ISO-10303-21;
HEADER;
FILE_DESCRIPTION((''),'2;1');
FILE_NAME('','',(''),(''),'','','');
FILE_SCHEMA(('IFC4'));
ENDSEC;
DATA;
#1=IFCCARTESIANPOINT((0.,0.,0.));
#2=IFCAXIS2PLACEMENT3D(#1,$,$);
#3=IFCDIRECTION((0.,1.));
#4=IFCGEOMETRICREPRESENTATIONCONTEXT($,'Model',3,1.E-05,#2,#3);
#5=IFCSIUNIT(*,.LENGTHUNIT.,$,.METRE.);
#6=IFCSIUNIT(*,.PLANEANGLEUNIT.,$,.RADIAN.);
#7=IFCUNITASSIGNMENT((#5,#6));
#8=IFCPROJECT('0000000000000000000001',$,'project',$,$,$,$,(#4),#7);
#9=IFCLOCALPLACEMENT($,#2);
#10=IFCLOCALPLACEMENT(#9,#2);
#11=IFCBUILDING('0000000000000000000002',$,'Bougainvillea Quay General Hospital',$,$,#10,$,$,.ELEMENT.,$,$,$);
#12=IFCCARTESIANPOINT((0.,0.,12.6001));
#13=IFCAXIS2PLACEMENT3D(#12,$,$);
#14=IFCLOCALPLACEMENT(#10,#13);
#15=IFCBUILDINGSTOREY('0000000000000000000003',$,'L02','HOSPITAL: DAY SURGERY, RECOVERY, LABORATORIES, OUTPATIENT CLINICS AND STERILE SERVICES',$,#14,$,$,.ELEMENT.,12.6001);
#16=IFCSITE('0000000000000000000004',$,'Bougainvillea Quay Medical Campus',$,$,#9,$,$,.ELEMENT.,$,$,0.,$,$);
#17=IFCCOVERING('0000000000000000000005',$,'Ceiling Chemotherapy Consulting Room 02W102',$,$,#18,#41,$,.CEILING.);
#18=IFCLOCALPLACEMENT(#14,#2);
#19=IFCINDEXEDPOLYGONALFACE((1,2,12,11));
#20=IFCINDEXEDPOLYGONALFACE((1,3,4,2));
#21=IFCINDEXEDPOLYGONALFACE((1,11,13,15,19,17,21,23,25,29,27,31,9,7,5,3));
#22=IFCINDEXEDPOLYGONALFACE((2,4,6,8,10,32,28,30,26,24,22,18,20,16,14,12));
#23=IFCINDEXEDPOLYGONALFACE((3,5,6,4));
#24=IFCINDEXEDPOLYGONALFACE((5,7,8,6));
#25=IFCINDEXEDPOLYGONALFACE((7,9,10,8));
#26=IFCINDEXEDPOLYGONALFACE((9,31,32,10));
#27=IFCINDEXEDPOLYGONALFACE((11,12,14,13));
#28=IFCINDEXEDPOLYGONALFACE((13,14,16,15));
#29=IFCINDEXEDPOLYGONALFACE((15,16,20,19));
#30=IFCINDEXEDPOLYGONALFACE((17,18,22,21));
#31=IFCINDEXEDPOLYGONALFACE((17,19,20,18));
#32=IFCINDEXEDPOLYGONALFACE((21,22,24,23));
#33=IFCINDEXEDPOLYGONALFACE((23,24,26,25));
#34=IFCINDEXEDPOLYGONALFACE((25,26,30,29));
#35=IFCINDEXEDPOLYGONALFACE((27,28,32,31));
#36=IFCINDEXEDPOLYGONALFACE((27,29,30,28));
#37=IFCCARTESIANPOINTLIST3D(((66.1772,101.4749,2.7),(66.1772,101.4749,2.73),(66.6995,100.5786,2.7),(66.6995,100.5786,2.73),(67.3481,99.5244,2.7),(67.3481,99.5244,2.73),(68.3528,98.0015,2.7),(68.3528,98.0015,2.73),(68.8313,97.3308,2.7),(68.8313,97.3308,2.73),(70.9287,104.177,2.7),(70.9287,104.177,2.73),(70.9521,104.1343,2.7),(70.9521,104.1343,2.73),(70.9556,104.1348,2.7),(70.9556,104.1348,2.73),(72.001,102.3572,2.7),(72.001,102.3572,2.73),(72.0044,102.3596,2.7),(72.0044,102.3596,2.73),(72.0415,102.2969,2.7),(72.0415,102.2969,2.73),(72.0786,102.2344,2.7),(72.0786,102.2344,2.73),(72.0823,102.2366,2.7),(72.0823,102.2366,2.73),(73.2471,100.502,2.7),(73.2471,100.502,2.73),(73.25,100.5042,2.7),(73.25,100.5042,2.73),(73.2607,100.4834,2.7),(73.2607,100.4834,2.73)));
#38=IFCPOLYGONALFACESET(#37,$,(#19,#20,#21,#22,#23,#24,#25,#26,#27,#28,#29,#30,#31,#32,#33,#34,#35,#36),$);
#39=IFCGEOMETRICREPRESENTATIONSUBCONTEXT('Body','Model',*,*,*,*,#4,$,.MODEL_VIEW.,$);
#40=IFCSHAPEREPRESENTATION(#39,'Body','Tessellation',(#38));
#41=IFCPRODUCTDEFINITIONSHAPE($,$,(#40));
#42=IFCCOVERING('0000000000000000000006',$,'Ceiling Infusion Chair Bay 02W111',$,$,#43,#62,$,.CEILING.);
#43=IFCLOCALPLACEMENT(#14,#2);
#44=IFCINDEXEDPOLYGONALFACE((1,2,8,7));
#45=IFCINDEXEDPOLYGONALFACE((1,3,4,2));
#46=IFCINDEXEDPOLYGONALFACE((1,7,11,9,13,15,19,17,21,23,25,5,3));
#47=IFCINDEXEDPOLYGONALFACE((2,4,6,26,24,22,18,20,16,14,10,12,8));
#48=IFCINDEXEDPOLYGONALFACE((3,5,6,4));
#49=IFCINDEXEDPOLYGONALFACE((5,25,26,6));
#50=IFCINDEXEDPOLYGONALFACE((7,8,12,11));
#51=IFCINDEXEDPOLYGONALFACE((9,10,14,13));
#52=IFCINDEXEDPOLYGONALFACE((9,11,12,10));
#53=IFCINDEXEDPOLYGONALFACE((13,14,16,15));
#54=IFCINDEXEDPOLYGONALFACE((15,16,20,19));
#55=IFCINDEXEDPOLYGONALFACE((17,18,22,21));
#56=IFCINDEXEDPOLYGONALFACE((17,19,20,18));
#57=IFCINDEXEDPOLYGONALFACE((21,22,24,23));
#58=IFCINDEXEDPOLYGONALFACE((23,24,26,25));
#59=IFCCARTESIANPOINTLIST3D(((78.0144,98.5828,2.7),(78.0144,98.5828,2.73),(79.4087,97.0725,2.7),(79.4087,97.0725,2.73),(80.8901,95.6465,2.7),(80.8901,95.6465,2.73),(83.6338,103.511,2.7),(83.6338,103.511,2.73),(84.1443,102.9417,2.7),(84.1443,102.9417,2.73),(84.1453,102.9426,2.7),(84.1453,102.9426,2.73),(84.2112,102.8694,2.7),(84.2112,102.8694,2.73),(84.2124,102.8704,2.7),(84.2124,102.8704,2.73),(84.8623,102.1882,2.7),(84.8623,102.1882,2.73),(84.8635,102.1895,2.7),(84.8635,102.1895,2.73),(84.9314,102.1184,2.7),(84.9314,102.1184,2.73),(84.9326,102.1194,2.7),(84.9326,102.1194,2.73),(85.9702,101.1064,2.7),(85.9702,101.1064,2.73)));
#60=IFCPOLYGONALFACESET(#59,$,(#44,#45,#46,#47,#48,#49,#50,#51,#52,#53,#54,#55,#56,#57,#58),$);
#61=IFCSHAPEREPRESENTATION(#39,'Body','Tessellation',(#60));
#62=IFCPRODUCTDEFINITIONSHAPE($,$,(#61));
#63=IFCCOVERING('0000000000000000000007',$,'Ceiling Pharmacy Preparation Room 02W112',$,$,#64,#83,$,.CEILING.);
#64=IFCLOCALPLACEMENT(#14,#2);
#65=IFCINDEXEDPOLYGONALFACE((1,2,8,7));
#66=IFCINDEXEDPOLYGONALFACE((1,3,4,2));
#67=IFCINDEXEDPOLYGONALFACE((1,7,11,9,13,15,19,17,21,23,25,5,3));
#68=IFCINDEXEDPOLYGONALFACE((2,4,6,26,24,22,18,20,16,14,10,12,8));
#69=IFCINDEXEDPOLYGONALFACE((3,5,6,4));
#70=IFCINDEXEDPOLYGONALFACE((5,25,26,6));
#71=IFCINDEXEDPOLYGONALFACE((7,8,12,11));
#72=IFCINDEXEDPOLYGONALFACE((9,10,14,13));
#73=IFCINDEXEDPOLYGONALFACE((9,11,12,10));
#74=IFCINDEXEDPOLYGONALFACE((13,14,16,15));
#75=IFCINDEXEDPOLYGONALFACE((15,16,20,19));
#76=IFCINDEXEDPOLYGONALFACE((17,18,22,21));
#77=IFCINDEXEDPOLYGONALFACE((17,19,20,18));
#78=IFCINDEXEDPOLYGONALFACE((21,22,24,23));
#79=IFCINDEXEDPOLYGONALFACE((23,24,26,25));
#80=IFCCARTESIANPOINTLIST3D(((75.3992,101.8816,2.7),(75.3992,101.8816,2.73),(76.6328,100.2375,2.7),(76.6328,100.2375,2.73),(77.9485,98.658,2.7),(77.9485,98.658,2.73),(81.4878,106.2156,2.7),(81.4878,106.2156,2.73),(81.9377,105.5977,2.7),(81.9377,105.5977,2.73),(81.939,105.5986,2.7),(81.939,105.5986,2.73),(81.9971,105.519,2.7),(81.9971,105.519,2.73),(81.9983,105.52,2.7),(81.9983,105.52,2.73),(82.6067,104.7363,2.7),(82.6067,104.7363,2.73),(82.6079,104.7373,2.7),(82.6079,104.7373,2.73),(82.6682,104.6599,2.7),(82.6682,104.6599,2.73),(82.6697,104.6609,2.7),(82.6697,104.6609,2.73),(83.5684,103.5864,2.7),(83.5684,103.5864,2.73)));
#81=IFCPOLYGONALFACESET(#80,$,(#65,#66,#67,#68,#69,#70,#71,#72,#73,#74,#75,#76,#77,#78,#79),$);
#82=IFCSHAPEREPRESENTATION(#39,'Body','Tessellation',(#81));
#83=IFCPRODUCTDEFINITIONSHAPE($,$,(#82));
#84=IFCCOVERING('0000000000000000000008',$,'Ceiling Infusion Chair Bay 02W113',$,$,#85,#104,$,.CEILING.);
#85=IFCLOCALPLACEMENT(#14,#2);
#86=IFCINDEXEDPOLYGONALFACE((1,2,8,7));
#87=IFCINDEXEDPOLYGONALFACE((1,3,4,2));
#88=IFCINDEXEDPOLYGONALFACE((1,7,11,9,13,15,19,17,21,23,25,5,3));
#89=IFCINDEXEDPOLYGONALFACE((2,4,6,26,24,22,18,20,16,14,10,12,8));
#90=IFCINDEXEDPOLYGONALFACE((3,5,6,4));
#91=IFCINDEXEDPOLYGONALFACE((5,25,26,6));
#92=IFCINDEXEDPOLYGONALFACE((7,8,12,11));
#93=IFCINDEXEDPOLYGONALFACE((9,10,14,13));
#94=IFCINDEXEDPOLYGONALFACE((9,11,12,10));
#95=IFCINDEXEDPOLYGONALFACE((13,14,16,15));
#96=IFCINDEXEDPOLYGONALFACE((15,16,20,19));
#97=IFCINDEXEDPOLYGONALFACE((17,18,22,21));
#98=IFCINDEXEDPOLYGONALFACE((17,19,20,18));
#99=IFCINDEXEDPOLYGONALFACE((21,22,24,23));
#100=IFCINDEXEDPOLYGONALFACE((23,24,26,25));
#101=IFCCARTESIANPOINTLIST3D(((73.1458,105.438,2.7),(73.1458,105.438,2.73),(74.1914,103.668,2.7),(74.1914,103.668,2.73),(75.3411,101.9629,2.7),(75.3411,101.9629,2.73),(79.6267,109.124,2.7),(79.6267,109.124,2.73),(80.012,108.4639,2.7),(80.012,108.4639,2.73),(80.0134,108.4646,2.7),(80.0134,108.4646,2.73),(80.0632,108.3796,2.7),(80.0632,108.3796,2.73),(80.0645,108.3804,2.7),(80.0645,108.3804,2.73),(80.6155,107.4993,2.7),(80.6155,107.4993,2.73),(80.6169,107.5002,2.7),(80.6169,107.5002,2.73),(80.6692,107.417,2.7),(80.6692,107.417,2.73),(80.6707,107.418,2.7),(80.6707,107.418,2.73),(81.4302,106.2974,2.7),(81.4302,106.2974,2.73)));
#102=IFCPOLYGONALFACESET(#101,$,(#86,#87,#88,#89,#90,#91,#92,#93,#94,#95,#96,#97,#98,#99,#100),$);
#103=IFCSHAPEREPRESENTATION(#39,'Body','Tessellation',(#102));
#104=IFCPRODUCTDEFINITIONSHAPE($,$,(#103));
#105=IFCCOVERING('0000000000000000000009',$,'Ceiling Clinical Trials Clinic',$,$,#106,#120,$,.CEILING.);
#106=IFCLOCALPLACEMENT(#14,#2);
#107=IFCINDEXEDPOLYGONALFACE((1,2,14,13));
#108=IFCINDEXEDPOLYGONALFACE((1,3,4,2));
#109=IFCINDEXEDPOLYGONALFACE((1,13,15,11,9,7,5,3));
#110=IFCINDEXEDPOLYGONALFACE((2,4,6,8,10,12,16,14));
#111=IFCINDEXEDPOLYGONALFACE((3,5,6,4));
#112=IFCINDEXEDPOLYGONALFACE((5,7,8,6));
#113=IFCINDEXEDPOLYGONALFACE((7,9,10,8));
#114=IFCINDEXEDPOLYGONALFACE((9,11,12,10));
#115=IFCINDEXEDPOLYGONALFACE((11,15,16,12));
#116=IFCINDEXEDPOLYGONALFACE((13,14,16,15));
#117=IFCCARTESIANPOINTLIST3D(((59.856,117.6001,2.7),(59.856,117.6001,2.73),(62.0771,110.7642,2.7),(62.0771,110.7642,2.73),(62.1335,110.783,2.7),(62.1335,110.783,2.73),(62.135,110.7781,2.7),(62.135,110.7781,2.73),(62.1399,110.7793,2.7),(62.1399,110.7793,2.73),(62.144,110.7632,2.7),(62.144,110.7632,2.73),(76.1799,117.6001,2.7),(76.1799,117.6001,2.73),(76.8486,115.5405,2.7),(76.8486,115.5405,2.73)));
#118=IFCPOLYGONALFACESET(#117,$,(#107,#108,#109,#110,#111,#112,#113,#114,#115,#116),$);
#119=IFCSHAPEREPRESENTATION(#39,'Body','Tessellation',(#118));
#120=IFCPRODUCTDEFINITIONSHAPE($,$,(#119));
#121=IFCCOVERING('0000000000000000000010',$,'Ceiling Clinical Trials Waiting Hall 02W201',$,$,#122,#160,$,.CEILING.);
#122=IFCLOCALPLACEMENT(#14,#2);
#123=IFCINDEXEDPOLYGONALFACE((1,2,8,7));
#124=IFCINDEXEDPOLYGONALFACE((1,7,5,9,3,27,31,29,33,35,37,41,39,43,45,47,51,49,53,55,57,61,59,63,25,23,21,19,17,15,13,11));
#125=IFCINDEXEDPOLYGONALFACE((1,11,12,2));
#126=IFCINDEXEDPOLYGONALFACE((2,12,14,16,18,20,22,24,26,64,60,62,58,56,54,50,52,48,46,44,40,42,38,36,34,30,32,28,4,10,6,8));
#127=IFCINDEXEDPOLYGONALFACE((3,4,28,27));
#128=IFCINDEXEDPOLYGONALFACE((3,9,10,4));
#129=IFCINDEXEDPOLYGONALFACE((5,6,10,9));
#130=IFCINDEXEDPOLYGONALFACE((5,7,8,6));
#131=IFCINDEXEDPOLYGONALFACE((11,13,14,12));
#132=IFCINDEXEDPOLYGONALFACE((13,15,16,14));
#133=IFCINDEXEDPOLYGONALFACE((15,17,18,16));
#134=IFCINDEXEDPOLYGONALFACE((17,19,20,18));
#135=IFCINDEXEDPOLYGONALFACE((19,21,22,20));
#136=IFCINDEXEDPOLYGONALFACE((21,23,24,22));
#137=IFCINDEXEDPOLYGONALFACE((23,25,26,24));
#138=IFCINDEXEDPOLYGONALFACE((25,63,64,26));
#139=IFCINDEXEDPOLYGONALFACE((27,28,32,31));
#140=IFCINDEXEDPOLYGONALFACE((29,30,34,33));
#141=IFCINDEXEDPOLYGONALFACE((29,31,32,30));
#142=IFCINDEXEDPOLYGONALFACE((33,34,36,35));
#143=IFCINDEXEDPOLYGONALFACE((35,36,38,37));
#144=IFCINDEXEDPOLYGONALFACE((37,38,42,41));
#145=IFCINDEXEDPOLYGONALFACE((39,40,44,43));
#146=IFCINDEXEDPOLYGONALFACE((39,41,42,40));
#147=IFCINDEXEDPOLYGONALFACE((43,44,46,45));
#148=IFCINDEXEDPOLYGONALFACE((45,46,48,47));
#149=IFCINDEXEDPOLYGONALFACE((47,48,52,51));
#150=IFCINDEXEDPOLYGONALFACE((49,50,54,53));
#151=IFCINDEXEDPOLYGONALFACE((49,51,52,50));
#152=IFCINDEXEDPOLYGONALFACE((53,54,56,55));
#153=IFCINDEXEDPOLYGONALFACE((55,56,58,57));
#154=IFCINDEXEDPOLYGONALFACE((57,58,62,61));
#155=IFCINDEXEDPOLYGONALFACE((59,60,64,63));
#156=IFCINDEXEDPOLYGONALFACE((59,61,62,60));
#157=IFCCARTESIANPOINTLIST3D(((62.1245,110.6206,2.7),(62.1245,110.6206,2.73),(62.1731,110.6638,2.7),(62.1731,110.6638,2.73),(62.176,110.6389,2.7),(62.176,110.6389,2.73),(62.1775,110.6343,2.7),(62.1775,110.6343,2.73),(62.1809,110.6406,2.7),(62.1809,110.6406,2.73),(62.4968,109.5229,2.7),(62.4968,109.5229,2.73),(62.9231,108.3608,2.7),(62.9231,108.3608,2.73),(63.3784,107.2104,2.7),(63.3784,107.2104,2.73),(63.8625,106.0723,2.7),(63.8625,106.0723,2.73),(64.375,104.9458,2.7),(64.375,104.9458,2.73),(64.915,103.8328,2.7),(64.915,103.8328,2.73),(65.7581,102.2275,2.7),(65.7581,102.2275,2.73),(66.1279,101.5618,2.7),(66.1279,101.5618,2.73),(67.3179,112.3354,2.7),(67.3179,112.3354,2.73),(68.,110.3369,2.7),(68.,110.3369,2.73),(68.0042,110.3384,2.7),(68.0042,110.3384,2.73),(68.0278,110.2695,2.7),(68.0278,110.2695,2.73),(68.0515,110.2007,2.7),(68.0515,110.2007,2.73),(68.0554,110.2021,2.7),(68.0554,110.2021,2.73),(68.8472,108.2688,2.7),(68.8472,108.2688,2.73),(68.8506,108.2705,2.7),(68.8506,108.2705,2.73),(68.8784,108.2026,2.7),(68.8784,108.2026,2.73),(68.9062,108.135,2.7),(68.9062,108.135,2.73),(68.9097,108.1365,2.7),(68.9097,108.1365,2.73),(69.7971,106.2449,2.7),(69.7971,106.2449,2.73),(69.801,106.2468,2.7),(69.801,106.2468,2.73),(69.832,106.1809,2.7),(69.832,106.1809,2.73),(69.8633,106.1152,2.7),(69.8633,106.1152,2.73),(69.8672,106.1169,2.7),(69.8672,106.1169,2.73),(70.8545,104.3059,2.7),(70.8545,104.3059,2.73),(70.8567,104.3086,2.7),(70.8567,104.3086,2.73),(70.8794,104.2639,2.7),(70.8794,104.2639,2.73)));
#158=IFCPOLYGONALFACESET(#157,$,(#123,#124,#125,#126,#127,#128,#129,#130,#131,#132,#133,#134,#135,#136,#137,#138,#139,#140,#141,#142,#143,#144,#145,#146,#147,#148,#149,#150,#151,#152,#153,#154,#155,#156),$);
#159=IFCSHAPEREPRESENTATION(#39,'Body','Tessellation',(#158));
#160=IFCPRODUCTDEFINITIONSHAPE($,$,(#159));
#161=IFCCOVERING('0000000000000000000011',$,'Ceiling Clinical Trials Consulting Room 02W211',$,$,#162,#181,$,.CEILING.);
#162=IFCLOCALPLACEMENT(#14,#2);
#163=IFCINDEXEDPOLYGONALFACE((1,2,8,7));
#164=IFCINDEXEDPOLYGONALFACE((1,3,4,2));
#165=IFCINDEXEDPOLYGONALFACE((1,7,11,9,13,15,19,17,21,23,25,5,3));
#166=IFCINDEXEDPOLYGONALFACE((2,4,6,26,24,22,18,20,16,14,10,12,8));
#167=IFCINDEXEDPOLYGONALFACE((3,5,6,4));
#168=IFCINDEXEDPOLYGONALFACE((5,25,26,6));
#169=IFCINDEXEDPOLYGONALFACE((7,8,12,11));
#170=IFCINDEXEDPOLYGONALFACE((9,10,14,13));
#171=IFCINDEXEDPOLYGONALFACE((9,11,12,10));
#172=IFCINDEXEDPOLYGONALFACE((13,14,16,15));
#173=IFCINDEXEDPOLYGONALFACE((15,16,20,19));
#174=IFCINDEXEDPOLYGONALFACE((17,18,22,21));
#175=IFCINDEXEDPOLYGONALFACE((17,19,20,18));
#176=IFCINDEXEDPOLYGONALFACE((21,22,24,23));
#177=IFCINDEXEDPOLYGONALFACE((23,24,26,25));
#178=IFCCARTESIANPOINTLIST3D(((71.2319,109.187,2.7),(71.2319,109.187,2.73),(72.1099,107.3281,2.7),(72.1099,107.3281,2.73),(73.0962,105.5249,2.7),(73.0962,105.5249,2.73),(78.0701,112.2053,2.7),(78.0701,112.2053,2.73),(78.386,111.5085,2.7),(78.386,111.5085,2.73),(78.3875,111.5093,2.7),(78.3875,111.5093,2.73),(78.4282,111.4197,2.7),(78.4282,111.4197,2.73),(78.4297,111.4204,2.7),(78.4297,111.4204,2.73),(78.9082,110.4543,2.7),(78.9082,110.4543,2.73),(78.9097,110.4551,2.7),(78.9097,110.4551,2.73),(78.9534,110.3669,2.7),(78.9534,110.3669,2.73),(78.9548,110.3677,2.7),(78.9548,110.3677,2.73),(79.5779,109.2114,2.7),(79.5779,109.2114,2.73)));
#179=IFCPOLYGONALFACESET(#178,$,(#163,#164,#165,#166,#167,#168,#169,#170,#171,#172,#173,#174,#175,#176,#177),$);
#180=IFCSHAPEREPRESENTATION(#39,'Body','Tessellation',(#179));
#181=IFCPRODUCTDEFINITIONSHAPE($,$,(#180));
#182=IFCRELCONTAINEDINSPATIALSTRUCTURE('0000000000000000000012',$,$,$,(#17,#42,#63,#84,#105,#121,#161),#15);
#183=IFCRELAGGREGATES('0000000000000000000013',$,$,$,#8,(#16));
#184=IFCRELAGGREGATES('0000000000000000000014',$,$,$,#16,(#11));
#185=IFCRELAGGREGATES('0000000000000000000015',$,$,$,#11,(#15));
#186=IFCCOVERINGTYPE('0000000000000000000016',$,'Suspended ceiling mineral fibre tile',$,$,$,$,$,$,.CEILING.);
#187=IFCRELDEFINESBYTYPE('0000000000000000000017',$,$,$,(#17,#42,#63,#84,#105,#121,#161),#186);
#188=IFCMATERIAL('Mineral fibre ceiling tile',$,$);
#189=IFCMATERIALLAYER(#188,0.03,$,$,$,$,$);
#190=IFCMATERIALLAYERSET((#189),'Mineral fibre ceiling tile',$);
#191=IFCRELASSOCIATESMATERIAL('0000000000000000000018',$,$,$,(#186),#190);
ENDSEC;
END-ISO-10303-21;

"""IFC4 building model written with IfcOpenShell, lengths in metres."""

from ifc_helpers import new_model, si_unit, direction, frame, origin, place, context, subcontext, project, spatial, polyline, outline, extrude, material, layer, layer_set, type_object, element, save


model = new_model("IFC4")

# Units and contexts
model_context = context("Model", 3, precision=1e-05, world=origin(), true_north=direction((0.0, 1.0)))
body_context = subcontext(model_context, "Body", "Model", "MODEL_VIEW")
ifc_project = project(units=[si_unit("LENGTHUNIT", "METRE"), si_unit("PLANEANGLEUNIT", "RADIAN")], contexts=[model_context])

# Site, building, storey
site_placement = place(None, origin())
site = spatial("IfcSite", under=ifc_project, at=site_placement, Name="Bougainvillea Quay Medical Campus", CompositionType="ELEMENT", RefElevation=0.0)
building_placement = place(site_placement, origin())
building = spatial("IfcBuilding", under=site, at=building_placement, Name="Bougainvillea Quay General Hospital", CompositionType="ELEMENT")
storey_placement = place(building_placement, frame((0.0, 0.0, 12.6001)))
storey = spatial("IfcBuildingStorey", under=building, at=storey_placement, Name="L02", Description="HOSPITAL: DAY SURGERY, RECOVERY, LABORATORIES, OUTPATIENT CLINICS AND STERILE SERVICES", CompositionType="ELEMENT", Elevation=12.6001)

# Coverings
ifc_material = material(Name="Mineral fibre ceiling tile")
ifc_layer = layer(ifc_material, 0.03)
ifc_layer_set = layer_set([ifc_layer], Name="Mineral fibre ceiling tile")
covering_type = type_object("IfcCoveringType", Name="Suspended ceiling mineral fibre tile", PredefinedType="CEILING", material=ifc_layer_set)
covering_1_placement = place(storey_placement, frame((0.0, 0.0, 2.7)))
element("IfcCovering", 1, at=covering_1_placement, inside=storey, type_object=covering_type, Name="Ceiling Chemotherapy Consulting Room 02W102", PredefinedType="CEILING", context=body_context, shape_type="SweptSolid", body=[
    extrude(outline(polyline([(68.8313, 97.3308), (73.2607, 100.4834), (73.2471, 100.502), (73.25, 100.5042), (72.0823, 102.2366), (72.0786, 102.2344), (72.0415, 102.2969), (72.001, 102.3572), (72.0044, 102.3596), (70.9556, 104.1348), (70.9521, 104.1343), (70.9287, 104.177), (66.1772, 101.4749), (66.6995, 100.5786), (67.3481, 99.5244), (68.3528, 98.0015), (68.8313, 97.3308)])), origin(), (0.0, 0.0, 1.0), 0.03),
])
covering_2_placement = place(storey_placement, frame((0.0, 0.0, 2.7)))
element("IfcCovering", 2, at=covering_2_placement, inside=storey, type_object=covering_type, Name="Ceiling Infusion Chair Bay 02W111", PredefinedType="CEILING", context=body_context, shape_type="SweptSolid", body=[
    extrude(outline(polyline([(84.9314, 102.1184), (84.8623, 102.1882), (84.8635, 102.1895), (84.2124, 102.8704), (84.2112, 102.8694), (84.1443, 102.9417), (84.1453, 102.9426), (83.6338, 103.511), (78.0144, 98.5828), (79.4087, 97.0725), (80.8901, 95.6465), (85.9702, 101.1064), (84.9326, 102.1194), (84.9314, 102.1184)])), origin(), (0.0, 0.0, 1.0), 0.03),
])
covering_3_placement = place(storey_placement, frame((0.0, 0.0, 2.7)))
element("IfcCovering", 3, at=covering_3_placement, inside=storey, type_object=covering_type, Name="Ceiling Pharmacy Preparation Room 02W112", PredefinedType="CEILING", context=body_context, shape_type="SweptSolid", body=[
    extrude(outline(polyline([(82.6682, 104.6599), (82.6067, 104.7363), (82.6079, 104.7373), (81.9983, 105.52), (81.9971, 105.519), (81.9377, 105.5977), (81.939, 105.5986), (81.4878, 106.2156), (75.3992, 101.8816), (76.6328, 100.2375), (77.9485, 98.658), (83.5684, 103.5864), (82.6697, 104.6609), (82.6682, 104.6599)])), origin(), (0.0, 0.0, 1.0), 0.03),
])
covering_4_placement = place(storey_placement, frame((0.0, 0.0, 2.7)))
element("IfcCovering", 4, at=covering_4_placement, inside=storey, type_object=covering_type, Name="Ceiling Infusion Chair Bay 02W113", PredefinedType="CEILING", context=body_context, shape_type="SweptSolid", body=[
    extrude(outline(polyline([(75.3411, 101.9629), (81.4302, 106.2974), (80.6707, 107.418), (80.6692, 107.417), (80.6155, 107.4993), (80.6169, 107.5002), (80.0645, 108.3804), (80.0632, 108.3796), (80.012, 108.4639), (80.0134, 108.4646), (79.6267, 109.124), (73.1458, 105.438), (74.1914, 103.668), (75.3411, 101.9629)])), origin(), (0.0, 0.0, 1.0), 0.03),
])
covering_5_placement = place(storey_placement, frame((0.0, 0.0, 2.7)))
element("IfcCovering", 5, at=covering_5_placement, inside=storey, type_object=covering_type, Name="Ceiling Clinical Trials Clinic", PredefinedType="CEILING", context=body_context, shape_type="SweptSolid", body=[
    extrude(outline(polyline([(59.856, 117.6001), (62.0771, 110.7642), (62.1335, 110.783), (62.135, 110.7781), (62.1399, 110.7793), (62.144, 110.7632), (76.8486, 115.5405), (76.1799, 117.6001), (59.856, 117.6001)])), origin(), (0.0, 0.0, 1.0), 0.03),
])
covering_6_placement = place(storey_placement, frame((0.0, 0.0, 2.7)))
element("IfcCovering", 6, at=covering_6_placement, inside=storey, type_object=covering_type, Name="Ceiling Clinical Trials Waiting Hall 02W201", PredefinedType="CEILING", context=body_context, shape_type="SweptSolid", body=[
    extrude(outline(polyline([(62.1775, 110.6343), (62.1245, 110.6206), (62.4968, 109.5229), (62.9231, 108.3608), (63.3784, 107.2104), (63.8625, 106.0723), (64.375, 104.9458), (64.915, 103.8328), (65.7581, 102.2275), (66.1279, 101.5618), (70.8794, 104.2639), (70.8545, 104.3059), (70.8567, 104.3086), (69.8672, 106.1169), (69.8633, 106.1152), (69.832, 106.1809), (69.7971, 106.2449), (69.801, 106.2468), (68.9097, 108.1365), (68.9062, 108.135), (68.8784, 108.2026), (68.8472, 108.2688), (68.8506, 108.2705), (68.0554, 110.2021), (68.0515, 110.2007), (68.0278, 110.2695), (68.0, 110.3369), (68.0042, 110.3384), (67.3179, 112.3354), (62.1731, 110.6638), (62.1809, 110.6406), (62.176, 110.6389), (62.1775, 110.6343)])), origin(), (0.0, 0.0, 1.0), 0.03),
])
covering_7_placement = place(storey_placement, frame((0.0, 0.0, 2.7)))
element("IfcCovering", 7, at=covering_7_placement, inside=storey, type_object=covering_type, Name="Ceiling Clinical Trials Consulting Room 02W211", PredefinedType="CEILING", context=body_context, shape_type="SweptSolid", body=[
    extrude(outline(polyline([(72.1099, 107.3281), (73.0962, 105.5249), (79.5779, 109.2114), (78.9548, 110.3677), (78.9534, 110.3669), (78.9082, 110.4543), (78.9097, 110.4551), (78.4297, 111.4204), (78.4282, 111.4197), (78.386, 111.5085), (78.3875, 111.5093), (78.0701, 112.2053), (71.2319, 109.187), (72.1099, 107.3281)])), origin(), (0.0, 0.0, 1.0), 0.03),
])

save(model, "model.ifc")
